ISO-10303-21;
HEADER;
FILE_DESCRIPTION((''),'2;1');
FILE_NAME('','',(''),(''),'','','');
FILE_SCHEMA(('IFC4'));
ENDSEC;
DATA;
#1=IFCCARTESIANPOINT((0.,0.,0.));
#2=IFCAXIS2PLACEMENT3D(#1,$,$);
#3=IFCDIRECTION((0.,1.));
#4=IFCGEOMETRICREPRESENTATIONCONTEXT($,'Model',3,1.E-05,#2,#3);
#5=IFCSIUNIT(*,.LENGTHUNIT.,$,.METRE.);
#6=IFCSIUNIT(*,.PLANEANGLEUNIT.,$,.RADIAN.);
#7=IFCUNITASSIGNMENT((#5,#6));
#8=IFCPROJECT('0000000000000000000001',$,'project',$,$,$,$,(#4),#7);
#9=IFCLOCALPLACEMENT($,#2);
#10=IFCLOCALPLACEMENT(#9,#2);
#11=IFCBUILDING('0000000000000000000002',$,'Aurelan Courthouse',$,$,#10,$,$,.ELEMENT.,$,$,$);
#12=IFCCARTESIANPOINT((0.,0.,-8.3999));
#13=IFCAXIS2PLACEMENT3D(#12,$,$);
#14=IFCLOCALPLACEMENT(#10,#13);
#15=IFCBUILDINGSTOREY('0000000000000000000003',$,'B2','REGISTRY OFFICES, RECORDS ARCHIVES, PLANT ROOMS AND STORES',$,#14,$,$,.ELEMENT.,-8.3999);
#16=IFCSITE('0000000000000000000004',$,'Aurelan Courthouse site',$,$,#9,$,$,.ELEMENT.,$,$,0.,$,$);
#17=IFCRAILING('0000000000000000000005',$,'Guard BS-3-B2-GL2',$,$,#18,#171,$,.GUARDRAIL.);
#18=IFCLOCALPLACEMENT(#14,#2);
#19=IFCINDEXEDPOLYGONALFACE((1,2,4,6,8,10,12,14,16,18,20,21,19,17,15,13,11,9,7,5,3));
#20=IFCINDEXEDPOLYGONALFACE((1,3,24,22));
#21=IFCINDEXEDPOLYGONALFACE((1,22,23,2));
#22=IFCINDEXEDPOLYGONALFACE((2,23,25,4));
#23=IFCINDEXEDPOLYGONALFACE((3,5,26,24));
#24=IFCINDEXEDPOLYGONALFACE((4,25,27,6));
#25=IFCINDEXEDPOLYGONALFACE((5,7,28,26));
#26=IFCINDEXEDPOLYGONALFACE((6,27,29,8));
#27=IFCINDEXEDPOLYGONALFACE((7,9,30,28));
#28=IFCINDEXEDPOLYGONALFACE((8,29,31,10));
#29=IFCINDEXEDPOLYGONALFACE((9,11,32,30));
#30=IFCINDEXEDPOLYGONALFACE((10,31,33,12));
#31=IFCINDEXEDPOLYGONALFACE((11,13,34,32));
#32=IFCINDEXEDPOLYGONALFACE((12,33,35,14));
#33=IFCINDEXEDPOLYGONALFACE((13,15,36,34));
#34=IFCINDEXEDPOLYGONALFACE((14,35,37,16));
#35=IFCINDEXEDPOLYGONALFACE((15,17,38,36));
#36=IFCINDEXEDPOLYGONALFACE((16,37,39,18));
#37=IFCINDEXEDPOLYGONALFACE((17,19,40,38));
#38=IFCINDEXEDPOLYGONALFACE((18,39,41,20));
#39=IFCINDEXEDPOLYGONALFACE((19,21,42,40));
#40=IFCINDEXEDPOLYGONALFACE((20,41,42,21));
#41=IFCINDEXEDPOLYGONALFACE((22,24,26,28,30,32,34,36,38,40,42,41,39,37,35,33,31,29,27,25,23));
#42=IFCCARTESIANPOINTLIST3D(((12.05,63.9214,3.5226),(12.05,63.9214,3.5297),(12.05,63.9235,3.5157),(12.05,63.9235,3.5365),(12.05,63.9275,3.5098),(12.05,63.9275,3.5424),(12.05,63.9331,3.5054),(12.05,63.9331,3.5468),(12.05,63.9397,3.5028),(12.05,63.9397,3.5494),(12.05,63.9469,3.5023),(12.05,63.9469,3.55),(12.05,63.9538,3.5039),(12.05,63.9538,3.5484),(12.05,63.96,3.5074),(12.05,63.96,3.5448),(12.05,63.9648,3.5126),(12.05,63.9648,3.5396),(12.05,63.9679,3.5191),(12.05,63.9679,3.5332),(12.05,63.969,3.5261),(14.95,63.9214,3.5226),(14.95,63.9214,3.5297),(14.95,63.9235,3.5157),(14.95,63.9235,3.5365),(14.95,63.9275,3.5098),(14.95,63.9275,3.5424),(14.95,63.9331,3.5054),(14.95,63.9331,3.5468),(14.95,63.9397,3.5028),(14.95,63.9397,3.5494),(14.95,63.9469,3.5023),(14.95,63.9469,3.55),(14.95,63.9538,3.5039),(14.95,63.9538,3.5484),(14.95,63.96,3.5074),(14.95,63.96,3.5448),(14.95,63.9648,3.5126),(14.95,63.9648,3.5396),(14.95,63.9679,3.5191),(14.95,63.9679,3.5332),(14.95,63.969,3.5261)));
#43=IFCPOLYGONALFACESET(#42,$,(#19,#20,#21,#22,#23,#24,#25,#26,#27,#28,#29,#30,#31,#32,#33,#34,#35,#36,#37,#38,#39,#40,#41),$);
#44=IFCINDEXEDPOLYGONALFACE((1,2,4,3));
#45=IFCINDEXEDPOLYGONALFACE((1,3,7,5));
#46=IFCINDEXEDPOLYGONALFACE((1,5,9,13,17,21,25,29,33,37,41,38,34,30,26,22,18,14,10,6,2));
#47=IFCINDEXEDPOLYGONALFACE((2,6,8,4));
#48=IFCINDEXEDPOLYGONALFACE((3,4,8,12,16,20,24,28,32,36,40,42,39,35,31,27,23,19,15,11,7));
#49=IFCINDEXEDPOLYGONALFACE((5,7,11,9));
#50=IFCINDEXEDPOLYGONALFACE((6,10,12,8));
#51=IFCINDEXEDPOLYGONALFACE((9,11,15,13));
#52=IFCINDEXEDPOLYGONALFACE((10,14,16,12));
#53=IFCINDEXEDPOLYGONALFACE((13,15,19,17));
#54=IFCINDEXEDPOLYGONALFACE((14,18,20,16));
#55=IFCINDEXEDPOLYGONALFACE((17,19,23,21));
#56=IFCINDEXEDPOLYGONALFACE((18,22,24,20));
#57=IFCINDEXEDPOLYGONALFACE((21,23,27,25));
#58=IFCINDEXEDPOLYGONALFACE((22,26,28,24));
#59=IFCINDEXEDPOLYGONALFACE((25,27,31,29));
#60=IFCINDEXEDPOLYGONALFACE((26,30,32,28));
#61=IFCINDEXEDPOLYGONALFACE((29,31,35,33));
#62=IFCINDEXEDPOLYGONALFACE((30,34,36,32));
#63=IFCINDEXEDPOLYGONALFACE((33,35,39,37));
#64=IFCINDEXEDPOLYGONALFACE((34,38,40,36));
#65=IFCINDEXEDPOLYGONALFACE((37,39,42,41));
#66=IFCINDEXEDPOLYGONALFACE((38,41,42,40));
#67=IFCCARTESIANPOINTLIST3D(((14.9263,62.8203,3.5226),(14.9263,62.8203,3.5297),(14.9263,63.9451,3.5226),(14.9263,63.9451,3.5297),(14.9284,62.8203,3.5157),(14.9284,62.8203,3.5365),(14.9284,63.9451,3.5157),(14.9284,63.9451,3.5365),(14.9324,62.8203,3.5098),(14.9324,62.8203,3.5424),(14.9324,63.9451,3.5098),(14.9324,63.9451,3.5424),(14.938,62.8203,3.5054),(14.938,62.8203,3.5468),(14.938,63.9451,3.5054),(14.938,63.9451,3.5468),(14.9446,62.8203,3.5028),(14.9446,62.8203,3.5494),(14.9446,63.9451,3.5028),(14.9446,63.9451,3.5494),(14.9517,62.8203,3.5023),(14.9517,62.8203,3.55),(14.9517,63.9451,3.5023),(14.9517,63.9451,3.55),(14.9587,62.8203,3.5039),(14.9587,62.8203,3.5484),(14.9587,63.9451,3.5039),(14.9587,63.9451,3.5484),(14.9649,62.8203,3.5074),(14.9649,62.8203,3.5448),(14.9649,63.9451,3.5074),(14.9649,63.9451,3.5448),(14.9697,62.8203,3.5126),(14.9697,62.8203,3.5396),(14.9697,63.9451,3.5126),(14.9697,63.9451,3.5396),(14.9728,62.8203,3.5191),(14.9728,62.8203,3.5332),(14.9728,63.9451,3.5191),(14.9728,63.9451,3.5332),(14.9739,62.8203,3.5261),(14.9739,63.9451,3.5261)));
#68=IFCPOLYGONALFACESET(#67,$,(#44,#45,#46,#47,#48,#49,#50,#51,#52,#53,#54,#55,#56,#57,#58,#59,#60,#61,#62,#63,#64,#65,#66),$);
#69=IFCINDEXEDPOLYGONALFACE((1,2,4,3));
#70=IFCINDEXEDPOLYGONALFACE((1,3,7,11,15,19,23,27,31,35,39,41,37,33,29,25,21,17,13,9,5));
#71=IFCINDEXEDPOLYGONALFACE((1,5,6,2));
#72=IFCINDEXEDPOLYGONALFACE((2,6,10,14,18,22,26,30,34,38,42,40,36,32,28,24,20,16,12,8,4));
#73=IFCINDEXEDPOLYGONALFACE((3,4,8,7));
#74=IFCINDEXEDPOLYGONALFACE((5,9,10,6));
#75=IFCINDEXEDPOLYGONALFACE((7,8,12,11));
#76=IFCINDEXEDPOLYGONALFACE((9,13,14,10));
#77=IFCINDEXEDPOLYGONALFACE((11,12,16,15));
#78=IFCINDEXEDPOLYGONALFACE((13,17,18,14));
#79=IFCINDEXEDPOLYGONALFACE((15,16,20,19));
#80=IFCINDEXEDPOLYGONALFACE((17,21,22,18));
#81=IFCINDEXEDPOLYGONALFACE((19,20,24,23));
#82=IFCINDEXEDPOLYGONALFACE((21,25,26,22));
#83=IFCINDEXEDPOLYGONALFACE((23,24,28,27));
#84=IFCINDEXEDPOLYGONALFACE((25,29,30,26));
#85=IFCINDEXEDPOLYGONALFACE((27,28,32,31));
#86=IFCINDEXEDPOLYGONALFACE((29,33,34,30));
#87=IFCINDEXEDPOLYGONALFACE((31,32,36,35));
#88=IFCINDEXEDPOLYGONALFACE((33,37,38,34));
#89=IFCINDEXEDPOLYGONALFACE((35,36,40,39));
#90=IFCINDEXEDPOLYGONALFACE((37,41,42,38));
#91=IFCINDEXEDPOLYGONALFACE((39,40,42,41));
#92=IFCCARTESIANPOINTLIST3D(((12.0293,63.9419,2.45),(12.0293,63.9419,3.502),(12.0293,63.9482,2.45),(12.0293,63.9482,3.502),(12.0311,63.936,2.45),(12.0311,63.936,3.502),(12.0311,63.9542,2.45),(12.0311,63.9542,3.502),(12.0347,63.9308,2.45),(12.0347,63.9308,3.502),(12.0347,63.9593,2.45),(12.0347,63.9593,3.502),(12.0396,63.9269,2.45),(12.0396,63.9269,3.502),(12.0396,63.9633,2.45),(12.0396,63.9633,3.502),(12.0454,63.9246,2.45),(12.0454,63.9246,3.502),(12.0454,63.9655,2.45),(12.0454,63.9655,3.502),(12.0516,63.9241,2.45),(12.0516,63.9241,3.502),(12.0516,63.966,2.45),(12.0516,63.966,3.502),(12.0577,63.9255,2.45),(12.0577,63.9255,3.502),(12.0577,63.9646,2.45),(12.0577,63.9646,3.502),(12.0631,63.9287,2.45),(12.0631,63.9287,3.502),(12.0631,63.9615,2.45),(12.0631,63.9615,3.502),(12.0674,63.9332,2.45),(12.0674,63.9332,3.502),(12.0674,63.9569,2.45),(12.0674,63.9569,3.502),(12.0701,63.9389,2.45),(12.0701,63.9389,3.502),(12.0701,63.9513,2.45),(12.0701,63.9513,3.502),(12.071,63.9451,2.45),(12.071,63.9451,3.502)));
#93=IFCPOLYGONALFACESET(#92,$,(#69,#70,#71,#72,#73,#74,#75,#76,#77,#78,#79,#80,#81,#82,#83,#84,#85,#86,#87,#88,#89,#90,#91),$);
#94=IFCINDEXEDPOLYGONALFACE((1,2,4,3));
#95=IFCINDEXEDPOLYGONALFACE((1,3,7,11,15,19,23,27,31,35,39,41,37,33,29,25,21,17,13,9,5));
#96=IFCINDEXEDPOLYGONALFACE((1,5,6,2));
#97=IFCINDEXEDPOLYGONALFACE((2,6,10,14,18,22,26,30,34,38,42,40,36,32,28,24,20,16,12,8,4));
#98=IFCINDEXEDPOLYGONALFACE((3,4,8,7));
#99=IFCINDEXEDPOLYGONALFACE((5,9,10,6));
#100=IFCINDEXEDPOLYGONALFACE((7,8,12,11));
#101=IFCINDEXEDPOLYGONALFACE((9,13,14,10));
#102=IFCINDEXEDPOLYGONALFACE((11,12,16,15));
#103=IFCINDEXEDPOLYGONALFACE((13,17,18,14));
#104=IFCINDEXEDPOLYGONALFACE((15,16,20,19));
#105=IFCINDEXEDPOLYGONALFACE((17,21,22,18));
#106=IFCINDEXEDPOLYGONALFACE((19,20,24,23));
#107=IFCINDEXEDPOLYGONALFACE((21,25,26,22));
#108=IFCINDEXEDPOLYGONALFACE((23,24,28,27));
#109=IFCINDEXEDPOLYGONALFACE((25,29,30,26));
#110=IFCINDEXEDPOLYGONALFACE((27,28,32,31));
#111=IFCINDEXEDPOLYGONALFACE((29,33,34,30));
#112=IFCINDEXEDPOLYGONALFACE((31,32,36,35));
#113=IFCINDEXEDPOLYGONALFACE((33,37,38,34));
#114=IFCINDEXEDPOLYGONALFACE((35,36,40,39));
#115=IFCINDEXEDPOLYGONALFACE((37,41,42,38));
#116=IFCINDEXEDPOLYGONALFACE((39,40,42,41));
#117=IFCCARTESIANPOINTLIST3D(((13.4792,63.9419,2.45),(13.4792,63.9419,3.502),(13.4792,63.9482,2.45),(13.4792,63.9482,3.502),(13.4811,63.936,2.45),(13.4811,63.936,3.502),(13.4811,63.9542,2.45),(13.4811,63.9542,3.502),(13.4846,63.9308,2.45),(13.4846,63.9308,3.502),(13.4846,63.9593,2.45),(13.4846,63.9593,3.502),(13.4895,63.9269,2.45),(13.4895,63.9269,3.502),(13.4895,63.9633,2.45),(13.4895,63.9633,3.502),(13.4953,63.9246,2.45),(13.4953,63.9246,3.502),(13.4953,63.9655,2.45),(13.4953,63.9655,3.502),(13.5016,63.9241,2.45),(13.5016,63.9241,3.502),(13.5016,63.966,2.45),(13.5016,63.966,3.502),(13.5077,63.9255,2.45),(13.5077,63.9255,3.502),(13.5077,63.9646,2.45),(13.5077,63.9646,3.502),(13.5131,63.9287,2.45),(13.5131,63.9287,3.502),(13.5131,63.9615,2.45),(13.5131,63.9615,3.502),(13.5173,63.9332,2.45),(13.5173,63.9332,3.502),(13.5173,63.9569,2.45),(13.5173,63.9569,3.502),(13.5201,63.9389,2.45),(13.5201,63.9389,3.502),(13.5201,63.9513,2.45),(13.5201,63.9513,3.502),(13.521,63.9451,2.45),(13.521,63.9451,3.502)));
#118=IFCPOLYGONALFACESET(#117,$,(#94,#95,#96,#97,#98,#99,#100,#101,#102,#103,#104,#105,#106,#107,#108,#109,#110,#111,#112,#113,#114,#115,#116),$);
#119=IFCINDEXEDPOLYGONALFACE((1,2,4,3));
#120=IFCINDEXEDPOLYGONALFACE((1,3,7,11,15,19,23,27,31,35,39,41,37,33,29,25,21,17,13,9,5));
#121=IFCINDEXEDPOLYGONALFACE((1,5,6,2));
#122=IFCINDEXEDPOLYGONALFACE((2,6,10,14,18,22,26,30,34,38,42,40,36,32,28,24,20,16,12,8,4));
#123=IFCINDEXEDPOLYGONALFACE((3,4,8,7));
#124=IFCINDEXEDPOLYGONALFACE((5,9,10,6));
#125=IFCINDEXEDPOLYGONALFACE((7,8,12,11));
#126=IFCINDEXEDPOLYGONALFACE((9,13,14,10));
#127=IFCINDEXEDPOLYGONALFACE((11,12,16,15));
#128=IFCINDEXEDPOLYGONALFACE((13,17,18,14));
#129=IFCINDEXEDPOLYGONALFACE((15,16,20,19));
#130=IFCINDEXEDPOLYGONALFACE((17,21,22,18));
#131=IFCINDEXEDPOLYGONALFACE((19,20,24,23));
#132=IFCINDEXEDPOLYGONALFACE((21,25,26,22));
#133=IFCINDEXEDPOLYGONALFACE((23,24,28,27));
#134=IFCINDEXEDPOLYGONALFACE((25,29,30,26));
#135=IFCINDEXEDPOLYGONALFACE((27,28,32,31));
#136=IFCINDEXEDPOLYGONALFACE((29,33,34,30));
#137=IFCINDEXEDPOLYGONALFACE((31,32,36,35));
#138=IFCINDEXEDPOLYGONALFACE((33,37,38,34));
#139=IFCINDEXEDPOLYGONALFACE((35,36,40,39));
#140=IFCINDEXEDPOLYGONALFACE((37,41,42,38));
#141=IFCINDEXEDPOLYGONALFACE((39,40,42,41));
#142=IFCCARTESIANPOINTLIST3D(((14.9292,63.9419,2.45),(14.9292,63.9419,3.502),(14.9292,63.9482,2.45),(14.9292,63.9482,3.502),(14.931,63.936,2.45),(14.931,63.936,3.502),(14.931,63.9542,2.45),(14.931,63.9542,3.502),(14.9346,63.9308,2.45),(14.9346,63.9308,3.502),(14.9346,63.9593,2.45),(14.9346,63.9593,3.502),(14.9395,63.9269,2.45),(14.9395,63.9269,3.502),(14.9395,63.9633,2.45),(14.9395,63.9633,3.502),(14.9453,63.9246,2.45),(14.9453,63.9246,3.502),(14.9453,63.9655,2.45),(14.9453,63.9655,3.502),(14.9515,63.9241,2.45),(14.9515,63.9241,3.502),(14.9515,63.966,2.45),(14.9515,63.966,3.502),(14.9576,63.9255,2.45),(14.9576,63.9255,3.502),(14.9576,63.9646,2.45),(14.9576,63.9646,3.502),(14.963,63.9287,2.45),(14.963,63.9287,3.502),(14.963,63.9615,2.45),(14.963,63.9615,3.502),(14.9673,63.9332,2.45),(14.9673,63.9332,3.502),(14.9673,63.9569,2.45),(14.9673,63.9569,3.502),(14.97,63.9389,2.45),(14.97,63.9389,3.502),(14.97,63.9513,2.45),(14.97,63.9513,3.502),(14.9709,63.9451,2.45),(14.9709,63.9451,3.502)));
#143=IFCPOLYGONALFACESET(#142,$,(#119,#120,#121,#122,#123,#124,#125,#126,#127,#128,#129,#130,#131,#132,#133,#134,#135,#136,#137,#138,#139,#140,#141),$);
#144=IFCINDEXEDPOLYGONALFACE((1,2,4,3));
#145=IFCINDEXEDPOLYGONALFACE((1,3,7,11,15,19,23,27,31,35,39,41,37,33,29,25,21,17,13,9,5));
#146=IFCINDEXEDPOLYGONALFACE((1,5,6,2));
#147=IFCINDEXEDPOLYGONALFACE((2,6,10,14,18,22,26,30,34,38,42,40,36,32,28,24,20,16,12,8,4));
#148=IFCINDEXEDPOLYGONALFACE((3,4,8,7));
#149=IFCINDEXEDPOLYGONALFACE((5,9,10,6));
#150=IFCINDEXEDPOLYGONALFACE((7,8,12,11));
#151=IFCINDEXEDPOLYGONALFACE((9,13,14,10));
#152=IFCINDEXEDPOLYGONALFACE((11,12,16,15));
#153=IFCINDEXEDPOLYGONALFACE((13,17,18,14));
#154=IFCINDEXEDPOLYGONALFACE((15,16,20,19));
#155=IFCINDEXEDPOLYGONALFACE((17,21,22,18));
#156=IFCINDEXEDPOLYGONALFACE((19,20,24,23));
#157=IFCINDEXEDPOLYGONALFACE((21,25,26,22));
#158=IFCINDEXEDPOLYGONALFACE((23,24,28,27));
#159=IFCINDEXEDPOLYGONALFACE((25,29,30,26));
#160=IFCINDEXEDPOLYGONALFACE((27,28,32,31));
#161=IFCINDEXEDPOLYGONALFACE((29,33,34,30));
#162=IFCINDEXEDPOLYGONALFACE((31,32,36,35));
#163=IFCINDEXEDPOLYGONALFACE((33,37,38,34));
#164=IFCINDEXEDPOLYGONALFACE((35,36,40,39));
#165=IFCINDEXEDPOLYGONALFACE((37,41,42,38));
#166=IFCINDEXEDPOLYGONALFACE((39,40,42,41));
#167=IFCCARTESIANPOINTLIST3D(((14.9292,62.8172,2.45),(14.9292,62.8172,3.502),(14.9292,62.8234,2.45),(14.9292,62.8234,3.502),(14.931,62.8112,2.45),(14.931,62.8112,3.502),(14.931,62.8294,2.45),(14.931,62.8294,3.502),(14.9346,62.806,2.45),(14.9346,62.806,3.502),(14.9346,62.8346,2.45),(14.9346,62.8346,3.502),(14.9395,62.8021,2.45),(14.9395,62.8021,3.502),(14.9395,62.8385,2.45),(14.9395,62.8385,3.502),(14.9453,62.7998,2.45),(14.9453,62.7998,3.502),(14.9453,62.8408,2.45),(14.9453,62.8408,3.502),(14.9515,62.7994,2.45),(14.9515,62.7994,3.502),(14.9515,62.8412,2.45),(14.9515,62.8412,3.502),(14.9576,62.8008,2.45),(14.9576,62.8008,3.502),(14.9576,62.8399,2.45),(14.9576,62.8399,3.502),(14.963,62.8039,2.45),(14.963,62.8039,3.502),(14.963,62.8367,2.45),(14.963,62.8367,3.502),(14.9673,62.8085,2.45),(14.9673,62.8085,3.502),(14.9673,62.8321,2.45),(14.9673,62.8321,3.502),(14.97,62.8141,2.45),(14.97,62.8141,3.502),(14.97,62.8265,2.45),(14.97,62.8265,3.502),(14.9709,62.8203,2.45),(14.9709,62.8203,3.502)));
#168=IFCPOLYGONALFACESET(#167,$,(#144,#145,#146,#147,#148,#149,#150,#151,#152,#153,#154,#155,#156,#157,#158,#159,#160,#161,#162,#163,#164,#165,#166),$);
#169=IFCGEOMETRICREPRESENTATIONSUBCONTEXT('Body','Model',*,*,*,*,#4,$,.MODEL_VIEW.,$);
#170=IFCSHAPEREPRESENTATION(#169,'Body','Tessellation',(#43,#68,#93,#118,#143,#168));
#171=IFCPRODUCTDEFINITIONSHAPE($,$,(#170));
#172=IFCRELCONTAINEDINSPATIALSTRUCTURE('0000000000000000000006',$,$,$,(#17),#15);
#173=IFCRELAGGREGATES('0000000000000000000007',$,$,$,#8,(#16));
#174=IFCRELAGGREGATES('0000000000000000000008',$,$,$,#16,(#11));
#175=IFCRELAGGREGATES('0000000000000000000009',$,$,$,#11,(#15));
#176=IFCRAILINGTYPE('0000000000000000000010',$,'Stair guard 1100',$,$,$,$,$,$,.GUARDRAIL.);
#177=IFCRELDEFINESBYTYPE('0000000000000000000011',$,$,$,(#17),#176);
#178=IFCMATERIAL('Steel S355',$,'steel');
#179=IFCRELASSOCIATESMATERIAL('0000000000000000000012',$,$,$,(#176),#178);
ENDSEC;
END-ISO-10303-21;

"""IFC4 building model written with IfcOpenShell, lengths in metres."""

from ifc_helpers import new_model, si_unit, direction, frame, origin, origin_2d, place, context, subcontext, project, spatial, circle, extrude, material, type_object, element, save


model = new_model("IFC4")

# Units and contexts
model_context = context("Model", 3, precision=1e-05, world=origin(), true_north=direction((0.0, 1.0)))
body_context = subcontext(model_context, "Body", "Model", "MODEL_VIEW")
ifc_project = project(units=[si_unit("LENGTHUNIT", "METRE"), si_unit("PLANEANGLEUNIT", "RADIAN")], contexts=[model_context])

# Site, building, storey
site_placement = place(None, origin())
site = spatial("IfcSite", under=ifc_project, at=site_placement, Name="Aurelan Courthouse site", CompositionType="ELEMENT", RefElevation=0.0)
building_placement = place(site_placement, origin())
building = spatial("IfcBuilding", under=site, at=building_placement, Name="Aurelan Courthouse", CompositionType="ELEMENT")
storey_placement = place(building_placement, frame((0.0, 0.0, -8.3999)))
storey = spatial("IfcBuildingStorey", under=building, at=storey_placement, Name="B2", Description="REGISTRY OFFICES, RECORDS ARCHIVES, PLANT ROOMS AND STORES", CompositionType="ELEMENT", Elevation=-8.3999)

# Railing
ifc_material_1 = material(Name="Steel S355", Category="steel")
railing_type_1 = type_object("IfcRailingType", Name="Stair guard 1100", PredefinedType="GUARDRAIL", material=ifc_material_1)
railing_1_placement = place(storey_placement, frame((12.05, 63.9451, 2.45)))
element("IfcRailing", 1, at=railing_1_placement, inside=storey, type_object=railing_type_1, Name="Guard BS-3-B2-GL2", PredefinedType="GUARDRAIL", context=body_context, shape_type="SweptSolid", body=[
    extrude(circle(Radius=0.0239, at=origin_2d()), frame((0.0, 0.0, 1.0762), z_axis=(1.0, 0.0, 0.0), x_axis=(0.0, 1.0, 0.0)), (0.0, 0.0, 1.0), 2.8999),
    extrude(circle(Radius=0.0239, at=origin_2d()), frame((2.8999, 0.0, 1.0762), z_axis=(0.0, -1.0, 0.0), x_axis=(1.0, 0.0, 0.0)), (0.0, 0.0, 1.0), 1.1248),
    extrude(circle(Radius=0.021, at=origin_2d()), origin(), (0.0, 0.0, 1.0), 1.052),
    extrude(circle(Radius=0.021, at=origin_2d()), frame((1.45, 0.0, 0.0)), (0.0, 0.0, 1.0), 1.052),
    extrude(circle(Radius=0.021, at=origin_2d()), frame((2.8999, 0.0, 0.0)), (0.0, 0.0, 1.0), 1.052),
    extrude(circle(Radius=0.021, at=origin_2d()), frame((2.8999, -1.1248, 0.0)), (0.0, 0.0, 1.0), 1.052),
])

save(model, "model.ifc")
